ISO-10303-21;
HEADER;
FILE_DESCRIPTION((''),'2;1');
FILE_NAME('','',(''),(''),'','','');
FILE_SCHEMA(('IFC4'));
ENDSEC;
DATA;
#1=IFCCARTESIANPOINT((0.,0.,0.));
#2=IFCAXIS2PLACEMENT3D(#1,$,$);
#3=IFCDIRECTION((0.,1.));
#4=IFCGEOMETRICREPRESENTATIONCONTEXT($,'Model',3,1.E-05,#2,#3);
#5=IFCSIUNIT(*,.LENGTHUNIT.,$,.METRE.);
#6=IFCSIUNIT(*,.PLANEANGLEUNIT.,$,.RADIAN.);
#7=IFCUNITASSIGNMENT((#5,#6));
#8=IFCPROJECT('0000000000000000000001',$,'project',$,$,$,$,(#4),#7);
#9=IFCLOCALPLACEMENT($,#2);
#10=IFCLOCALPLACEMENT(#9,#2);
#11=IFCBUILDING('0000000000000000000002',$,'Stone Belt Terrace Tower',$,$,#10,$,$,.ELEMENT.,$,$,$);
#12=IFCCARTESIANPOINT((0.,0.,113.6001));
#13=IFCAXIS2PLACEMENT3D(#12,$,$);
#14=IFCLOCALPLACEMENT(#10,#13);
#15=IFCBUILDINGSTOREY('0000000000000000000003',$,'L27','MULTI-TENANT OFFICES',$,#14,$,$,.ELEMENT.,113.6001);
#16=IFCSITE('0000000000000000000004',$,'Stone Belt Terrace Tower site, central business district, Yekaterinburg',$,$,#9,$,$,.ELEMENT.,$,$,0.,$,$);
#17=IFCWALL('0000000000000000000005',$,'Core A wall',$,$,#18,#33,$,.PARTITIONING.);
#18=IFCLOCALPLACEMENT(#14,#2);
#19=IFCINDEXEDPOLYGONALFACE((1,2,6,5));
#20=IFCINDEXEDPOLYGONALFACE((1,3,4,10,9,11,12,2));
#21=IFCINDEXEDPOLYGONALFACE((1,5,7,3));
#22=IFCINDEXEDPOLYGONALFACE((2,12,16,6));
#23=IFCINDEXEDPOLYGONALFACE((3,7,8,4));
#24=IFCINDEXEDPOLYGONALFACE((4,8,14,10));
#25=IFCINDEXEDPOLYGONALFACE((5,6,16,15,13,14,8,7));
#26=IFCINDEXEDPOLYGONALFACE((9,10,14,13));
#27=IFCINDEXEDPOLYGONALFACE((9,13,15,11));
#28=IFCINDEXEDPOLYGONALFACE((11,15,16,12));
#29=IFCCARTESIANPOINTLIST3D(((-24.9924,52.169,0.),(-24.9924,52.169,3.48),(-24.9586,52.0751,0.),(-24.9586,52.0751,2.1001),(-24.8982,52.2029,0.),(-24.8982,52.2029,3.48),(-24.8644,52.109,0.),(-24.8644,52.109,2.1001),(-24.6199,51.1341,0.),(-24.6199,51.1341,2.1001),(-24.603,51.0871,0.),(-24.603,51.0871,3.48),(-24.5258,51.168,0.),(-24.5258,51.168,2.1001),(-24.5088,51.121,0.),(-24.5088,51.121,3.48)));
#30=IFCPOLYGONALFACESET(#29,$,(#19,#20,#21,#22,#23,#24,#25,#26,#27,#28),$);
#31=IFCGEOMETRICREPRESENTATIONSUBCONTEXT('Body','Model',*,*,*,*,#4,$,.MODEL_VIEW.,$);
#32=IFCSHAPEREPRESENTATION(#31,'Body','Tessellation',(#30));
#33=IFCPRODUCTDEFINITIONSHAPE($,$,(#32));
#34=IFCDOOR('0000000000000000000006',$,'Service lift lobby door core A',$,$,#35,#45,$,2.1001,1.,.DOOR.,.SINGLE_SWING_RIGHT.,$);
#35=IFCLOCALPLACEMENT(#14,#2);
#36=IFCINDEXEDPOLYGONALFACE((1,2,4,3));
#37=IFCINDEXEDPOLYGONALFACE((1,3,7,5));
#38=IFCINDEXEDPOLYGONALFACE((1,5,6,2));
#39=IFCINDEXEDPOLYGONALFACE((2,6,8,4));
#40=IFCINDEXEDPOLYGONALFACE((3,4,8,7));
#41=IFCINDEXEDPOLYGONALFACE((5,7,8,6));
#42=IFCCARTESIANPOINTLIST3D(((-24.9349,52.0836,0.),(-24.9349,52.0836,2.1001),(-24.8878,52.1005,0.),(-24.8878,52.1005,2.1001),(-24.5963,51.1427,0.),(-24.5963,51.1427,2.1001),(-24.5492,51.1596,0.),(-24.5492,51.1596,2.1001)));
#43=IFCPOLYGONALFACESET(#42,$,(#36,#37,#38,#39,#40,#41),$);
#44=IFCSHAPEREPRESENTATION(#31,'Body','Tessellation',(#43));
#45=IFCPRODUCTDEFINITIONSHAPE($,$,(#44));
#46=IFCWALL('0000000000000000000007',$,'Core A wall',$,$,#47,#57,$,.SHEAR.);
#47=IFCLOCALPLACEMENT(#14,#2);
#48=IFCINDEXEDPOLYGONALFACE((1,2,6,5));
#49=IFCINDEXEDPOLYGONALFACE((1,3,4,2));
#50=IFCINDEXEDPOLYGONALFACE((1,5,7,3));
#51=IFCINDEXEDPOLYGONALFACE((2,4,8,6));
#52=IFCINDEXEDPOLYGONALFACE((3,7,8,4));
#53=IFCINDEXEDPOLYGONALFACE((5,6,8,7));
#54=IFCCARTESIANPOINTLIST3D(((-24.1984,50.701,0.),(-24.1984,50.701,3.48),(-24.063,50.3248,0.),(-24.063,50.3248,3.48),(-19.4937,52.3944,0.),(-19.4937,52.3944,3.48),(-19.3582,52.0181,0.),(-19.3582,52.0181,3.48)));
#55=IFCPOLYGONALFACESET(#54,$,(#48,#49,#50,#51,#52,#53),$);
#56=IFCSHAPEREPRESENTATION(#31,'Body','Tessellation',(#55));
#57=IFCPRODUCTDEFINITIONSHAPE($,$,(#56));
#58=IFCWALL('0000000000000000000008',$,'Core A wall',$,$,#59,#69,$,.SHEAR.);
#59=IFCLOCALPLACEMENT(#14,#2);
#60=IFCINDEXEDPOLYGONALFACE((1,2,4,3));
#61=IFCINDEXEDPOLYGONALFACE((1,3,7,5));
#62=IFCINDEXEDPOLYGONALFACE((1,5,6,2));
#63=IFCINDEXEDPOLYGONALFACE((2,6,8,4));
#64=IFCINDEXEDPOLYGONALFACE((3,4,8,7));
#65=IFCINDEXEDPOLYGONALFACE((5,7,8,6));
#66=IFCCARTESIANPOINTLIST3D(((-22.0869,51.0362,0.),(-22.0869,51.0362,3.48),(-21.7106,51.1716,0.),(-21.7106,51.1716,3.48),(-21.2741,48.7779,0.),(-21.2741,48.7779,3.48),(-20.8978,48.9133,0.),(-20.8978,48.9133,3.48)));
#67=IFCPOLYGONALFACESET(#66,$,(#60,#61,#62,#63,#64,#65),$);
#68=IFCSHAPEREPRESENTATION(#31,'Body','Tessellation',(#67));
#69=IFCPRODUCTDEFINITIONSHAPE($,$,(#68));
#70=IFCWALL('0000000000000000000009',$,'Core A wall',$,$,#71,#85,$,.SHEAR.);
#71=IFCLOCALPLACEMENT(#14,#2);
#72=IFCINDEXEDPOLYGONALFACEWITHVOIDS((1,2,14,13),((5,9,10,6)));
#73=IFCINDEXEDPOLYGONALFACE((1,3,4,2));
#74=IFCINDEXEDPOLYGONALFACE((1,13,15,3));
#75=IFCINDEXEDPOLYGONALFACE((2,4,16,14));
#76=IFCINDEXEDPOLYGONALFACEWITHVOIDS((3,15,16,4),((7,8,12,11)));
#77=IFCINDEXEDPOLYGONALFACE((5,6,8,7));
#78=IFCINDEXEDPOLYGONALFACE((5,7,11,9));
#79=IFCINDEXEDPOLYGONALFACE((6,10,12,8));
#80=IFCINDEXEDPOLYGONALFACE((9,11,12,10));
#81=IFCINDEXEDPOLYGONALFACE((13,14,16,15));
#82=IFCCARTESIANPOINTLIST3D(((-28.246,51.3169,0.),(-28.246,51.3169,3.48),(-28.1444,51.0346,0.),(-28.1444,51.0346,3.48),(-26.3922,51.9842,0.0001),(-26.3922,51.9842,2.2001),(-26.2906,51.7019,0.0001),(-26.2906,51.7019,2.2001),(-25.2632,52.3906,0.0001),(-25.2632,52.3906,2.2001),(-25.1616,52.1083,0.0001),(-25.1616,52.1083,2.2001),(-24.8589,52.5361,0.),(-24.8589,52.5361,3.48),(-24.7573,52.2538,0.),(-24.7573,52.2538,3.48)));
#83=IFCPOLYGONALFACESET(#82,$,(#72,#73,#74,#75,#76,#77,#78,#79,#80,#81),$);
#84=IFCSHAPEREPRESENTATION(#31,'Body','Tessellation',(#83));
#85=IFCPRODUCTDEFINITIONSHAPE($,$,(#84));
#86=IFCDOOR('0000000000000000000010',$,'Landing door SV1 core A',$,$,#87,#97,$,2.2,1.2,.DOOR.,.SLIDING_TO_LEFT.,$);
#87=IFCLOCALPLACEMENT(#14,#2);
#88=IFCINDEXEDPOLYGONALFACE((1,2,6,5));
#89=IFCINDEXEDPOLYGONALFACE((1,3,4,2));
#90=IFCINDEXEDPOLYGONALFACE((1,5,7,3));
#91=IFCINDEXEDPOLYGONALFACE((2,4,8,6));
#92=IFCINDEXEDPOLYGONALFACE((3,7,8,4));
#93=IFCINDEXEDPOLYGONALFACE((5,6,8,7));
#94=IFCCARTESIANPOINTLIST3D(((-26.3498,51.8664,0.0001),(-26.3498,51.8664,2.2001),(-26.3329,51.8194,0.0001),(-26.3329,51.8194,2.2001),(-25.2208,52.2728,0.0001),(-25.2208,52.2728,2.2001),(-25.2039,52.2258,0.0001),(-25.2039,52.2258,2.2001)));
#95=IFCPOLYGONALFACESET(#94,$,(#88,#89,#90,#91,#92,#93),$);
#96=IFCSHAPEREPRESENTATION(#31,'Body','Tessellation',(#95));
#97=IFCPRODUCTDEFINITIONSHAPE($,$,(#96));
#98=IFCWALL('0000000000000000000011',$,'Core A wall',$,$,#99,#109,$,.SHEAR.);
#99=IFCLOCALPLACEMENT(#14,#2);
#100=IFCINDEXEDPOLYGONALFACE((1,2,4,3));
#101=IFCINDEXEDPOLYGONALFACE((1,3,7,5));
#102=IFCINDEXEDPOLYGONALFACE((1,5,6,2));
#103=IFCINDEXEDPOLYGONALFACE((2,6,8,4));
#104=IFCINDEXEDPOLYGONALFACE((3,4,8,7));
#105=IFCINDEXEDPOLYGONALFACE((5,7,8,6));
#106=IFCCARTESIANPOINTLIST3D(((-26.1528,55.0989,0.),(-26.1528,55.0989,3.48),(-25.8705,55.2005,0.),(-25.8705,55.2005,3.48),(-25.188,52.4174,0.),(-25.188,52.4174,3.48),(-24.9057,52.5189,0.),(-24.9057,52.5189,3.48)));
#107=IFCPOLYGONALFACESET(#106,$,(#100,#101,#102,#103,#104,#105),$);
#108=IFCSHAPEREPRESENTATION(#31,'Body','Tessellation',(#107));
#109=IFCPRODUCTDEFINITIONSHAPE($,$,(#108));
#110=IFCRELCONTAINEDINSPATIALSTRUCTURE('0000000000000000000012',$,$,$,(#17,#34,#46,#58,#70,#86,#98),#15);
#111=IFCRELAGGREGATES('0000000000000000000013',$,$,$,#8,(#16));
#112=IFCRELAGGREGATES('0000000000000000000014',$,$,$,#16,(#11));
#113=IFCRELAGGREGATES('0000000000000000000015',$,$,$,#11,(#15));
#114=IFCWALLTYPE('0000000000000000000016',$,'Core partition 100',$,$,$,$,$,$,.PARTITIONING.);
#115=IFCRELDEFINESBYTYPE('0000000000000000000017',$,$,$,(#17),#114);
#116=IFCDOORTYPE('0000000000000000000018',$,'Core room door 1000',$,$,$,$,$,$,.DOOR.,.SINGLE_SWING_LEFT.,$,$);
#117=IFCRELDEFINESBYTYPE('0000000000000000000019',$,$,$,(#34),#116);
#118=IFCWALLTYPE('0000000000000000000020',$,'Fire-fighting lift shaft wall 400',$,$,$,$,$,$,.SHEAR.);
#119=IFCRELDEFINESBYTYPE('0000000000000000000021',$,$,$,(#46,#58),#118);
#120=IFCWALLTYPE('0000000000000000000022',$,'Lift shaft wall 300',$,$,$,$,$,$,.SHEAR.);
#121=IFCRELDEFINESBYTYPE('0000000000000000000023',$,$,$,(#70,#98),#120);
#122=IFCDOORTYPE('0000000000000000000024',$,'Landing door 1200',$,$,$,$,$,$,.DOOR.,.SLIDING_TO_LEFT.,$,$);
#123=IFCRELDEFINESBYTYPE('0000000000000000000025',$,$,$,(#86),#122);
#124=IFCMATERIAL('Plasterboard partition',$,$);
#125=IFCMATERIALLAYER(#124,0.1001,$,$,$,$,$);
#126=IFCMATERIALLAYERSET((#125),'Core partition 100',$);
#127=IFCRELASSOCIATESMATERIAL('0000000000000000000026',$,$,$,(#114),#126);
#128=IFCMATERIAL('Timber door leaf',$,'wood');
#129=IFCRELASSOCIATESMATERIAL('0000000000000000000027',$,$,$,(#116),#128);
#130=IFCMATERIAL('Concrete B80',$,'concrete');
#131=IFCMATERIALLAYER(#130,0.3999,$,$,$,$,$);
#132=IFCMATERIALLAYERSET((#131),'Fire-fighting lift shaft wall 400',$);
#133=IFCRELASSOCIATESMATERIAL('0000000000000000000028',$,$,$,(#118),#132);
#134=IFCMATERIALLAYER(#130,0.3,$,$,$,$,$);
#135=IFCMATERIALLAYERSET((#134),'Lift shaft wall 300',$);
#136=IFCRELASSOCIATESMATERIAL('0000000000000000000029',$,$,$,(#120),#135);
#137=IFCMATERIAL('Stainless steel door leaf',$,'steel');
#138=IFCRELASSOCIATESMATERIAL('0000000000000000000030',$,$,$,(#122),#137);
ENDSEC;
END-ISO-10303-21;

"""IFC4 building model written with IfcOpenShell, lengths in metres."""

from ifc_helpers import new_model, si_unit, direction, frame, frame_2d, origin, place, context, subcontext, project, spatial, rectangle, extrude, material, layer, layer_set, type_object, element, fill, save


model = new_model("IFC4")

# Units and contexts
model_context = context("Model", 3, precision=1e-05, world=origin(), true_north=direction((0.0, 1.0)))
body_context = subcontext(model_context, "Body", "Model", "MODEL_VIEW")
ifc_project = project(units=[si_unit("LENGTHUNIT", "METRE"), si_unit("PLANEANGLEUNIT", "RADIAN")], contexts=[model_context])

# Site, building, storey
site_placement = place(None, origin())
site = spatial("IfcSite", under=ifc_project, at=site_placement, Name="Stone Belt Terrace Tower site, central business district, Yekaterinburg", CompositionType="ELEMENT", RefElevation=0.0)
building_placement = place(site_placement, origin())
building = spatial("IfcBuilding", under=site, at=building_placement, Name="Stone Belt Terrace Tower", CompositionType="ELEMENT")
storey_placement = place(building_placement, frame((0.0, 0.0, 113.6001)))
storey = spatial("IfcBuildingStorey", under=building, at=storey_placement, Name="L27", Description="MULTI-TENANT OFFICES", CompositionType="ELEMENT", Elevation=113.6001)

# Wall, opening, door
ifc_material_1 = material(Name="Plasterboard partition")
ifc_layer_1 = layer(ifc_material_1, 0.1001)
ifc_layer_set_1 = layer_set([ifc_layer_1], Name="Core partition 100")
wall_type_1 = type_object("IfcWallType", Name="Core partition 100", PredefinedType="PARTITIONING", material=ifc_layer_set_1)
wall_1_placement = place(storey_placement, frame((-24.5559, 51.104, 0.0), z_axis=(0.0, 0.0, 1.0), x_axis=(-0.338622, 0.940923, 0.0)))
wall_1 = element("IfcWall", 1, at=wall_1_placement, inside=storey, type_object=wall_type_1, Name="Core A wall", PredefinedType="PARTITIONING", context=body_context, shape_type="SweptSolid", body=[
    extrude(rectangle(XDim=1.1499, YDim=0.1001, at=frame_2d((0.575, 0.0))), origin(), (0.0, 0.0, 1.0), 3.48),
])
opening_1_placement = place(wall_1_placement, frame((0.05, 0.0, 0.0)))
opening_1 = element("IfcOpeningElement", 2, at=opening_1_placement, cuts=wall_1, PredefinedType="OPENING", context=body_context, shape_type="SweptSolid", body=[
    extrude(rectangle(XDim=1.0, YDim=2.1001, at=frame_2d((0.5, 1.05))), frame((0.0, 0.0601, 0.0), z_axis=(0.0, -1.0, 0.0), x_axis=(1.0, 0.0, 0.0)), (0.0, 0.0, 1.0), 0.1201),
])
ifc_material_2 = material(Name="Timber door leaf", Category="wood")
door_type_1 = type_object("IfcDoorType", Name="Core room door 1000", OperationType="SINGLE_SWING_LEFT", PredefinedType="DOOR", material=ifc_material_2)
door_1_placement = place(opening_1_placement, origin())
door_1 = element("IfcDoor", 3, at=door_1_placement, inside=storey, type_object=door_type_1, Name="Service lift lobby door core A", OperationType="SINGLE_SWING_RIGHT", OverallHeight=2.1001, OverallWidth=1.0, PredefinedType="DOOR", context=body_context, shape_type="SweptSolid", body=[
    extrude(rectangle(XDim=1.0, YDim=2.1001, at=frame_2d((0.5, 1.05))), frame((0.0, 0.0249, 0.0), z_axis=(0.0, -1.0, 0.0), x_axis=(1.0, 0.0, 0.0)), (0.0, 0.0, 1.0), 0.05),
])
fill(opening_1, door_1)

# Walls
ifc_material_3 = material(Name="Concrete B80", Category="concrete")
ifc_layer_2 = layer(ifc_material_3, 0.3999)
ifc_layer_set_2 = layer_set([ifc_layer_2], Name="Fire-fighting lift shaft wall 400")
wall_type_2 = type_object("IfcWallType", Name="Fire-fighting lift shaft wall 400", PredefinedType="SHEAR", material=ifc_layer_set_2)
wall_2_placement = place(storey_placement, frame((-24.1306, 50.5129, 0.0), z_axis=(0.0, 0.0, 1.0), x_axis=(0.940912, 0.338652, 0.0)))
element("IfcWall", 4, at=wall_2_placement, inside=storey, type_object=wall_type_2, Name="Core A wall", PredefinedType="SHEAR", context=body_context, shape_type="SweptSolid", body=[
    extrude(rectangle(XDim=5.0002, YDim=0.3999, at=frame_2d((2.5, 0.0))), origin(), (0.0, 0.0, 1.0), 3.48),
])
wall_3_placement = place(storey_placement, frame((-21.0859, 48.8455, 0.0), z_axis=(0.0, 0.0, 1.0), x_axis=(-0.338629, 0.94092, 0.0)))
element("IfcWall", 5, at=wall_3_placement, inside=storey, type_object=wall_type_2, Name="Core A wall", PredefinedType="SHEAR", context=body_context, shape_type="SweptSolid", body=[
    extrude(rectangle(XDim=2.4001, YDim=0.3999, at=frame_2d((1.2002, 0.0))), origin(), (0.0, 0.0, 1.0), 3.48),
])

# Wall, opening, door
ifc_layer_3 = layer(ifc_material_3, 0.3)
ifc_layer_set_3 = layer_set([ifc_layer_3], Name="Lift shaft wall 300")
wall_type_3 = type_object("IfcWallType", Name="Lift shaft wall 300", PredefinedType="SHEAR", material=ifc_layer_set_3)
wall_4_placement = place(storey_placement, frame((-28.1951, 51.1758, 0.0), z_axis=(0.0, 0.0, 1.0), x_axis=(0.940901, 0.338681, 0.0)))
wall_4 = element("IfcWall", 6, at=wall_4_placement, inside=storey, type_object=wall_type_3, Name="Core A wall", PredefinedType="SHEAR", context=body_context, shape_type="SweptSolid", body=[
    extrude(rectangle(XDim=3.5999, YDim=0.3, at=frame_2d((1.7998, 0.0))), origin(), (0.0, 0.0, 1.0), 3.48),
])
opening_2_placement = place(wall_4_placement, frame((1.97, 0.0, 0.0)))
opening_2 = element("IfcOpeningElement", 7, at=opening_2_placement, cuts=wall_4, PredefinedType="OPENING", context=body_context, shape_type="SweptSolid", body=[
    extrude(rectangle(XDim=1.2, YDim=2.2, at=frame_2d((0.6001, 1.1001))), frame((0.0, 0.1599, 0.0), z_axis=(0.0, -1.0, 0.0), x_axis=(1.0, 0.0, 0.0)), (0.0, 0.0, 1.0), 0.3201),
])
ifc_material_4 = material(Name="Stainless steel door leaf", Category="steel")
door_type_2 = type_object("IfcDoorType", Name="Landing door 1200", OperationType="SLIDING_TO_LEFT", PredefinedType="DOOR", material=ifc_material_4)
door_2_placement = place(opening_2_placement, origin())
door_2 = element("IfcDoor", 8, at=door_2_placement, inside=storey, type_object=door_type_2, Name="Landing door SV1 core A", OperationType="SLIDING_TO_LEFT", OverallHeight=2.2, OverallWidth=1.2, PredefinedType="DOOR", context=body_context, shape_type="SweptSolid", body=[
    extrude(rectangle(XDim=1.2, YDim=2.2, at=frame_2d((0.6001, 1.1001))), frame((0.0, 0.0249, 0.0), z_axis=(0.0, -1.0, 0.0), x_axis=(1.0, 0.0, 0.0)), (0.0, 0.0, 1.0), 0.05),
])
fill(opening_2, door_2)

# Wall
wall_5_placement = place(storey_placement, frame((-25.0469, 52.4683, 0.0), z_axis=(0.0, 0.0, 1.0), x_axis=(-0.33855, 0.940949, 0.0)))
element("IfcWall", 9, at=wall_5_placement, inside=storey, type_object=wall_type_3, Name="Core A wall", PredefinedType="SHEAR", context=body_context, shape_type="SweptSolid", body=[
    extrude(rectangle(XDim=2.8499, YDim=0.3, at=frame_2d((1.4248, 0.0))), origin(), (0.0, 0.0, 1.0), 3.48),
])

save(model, "model.ifc")
